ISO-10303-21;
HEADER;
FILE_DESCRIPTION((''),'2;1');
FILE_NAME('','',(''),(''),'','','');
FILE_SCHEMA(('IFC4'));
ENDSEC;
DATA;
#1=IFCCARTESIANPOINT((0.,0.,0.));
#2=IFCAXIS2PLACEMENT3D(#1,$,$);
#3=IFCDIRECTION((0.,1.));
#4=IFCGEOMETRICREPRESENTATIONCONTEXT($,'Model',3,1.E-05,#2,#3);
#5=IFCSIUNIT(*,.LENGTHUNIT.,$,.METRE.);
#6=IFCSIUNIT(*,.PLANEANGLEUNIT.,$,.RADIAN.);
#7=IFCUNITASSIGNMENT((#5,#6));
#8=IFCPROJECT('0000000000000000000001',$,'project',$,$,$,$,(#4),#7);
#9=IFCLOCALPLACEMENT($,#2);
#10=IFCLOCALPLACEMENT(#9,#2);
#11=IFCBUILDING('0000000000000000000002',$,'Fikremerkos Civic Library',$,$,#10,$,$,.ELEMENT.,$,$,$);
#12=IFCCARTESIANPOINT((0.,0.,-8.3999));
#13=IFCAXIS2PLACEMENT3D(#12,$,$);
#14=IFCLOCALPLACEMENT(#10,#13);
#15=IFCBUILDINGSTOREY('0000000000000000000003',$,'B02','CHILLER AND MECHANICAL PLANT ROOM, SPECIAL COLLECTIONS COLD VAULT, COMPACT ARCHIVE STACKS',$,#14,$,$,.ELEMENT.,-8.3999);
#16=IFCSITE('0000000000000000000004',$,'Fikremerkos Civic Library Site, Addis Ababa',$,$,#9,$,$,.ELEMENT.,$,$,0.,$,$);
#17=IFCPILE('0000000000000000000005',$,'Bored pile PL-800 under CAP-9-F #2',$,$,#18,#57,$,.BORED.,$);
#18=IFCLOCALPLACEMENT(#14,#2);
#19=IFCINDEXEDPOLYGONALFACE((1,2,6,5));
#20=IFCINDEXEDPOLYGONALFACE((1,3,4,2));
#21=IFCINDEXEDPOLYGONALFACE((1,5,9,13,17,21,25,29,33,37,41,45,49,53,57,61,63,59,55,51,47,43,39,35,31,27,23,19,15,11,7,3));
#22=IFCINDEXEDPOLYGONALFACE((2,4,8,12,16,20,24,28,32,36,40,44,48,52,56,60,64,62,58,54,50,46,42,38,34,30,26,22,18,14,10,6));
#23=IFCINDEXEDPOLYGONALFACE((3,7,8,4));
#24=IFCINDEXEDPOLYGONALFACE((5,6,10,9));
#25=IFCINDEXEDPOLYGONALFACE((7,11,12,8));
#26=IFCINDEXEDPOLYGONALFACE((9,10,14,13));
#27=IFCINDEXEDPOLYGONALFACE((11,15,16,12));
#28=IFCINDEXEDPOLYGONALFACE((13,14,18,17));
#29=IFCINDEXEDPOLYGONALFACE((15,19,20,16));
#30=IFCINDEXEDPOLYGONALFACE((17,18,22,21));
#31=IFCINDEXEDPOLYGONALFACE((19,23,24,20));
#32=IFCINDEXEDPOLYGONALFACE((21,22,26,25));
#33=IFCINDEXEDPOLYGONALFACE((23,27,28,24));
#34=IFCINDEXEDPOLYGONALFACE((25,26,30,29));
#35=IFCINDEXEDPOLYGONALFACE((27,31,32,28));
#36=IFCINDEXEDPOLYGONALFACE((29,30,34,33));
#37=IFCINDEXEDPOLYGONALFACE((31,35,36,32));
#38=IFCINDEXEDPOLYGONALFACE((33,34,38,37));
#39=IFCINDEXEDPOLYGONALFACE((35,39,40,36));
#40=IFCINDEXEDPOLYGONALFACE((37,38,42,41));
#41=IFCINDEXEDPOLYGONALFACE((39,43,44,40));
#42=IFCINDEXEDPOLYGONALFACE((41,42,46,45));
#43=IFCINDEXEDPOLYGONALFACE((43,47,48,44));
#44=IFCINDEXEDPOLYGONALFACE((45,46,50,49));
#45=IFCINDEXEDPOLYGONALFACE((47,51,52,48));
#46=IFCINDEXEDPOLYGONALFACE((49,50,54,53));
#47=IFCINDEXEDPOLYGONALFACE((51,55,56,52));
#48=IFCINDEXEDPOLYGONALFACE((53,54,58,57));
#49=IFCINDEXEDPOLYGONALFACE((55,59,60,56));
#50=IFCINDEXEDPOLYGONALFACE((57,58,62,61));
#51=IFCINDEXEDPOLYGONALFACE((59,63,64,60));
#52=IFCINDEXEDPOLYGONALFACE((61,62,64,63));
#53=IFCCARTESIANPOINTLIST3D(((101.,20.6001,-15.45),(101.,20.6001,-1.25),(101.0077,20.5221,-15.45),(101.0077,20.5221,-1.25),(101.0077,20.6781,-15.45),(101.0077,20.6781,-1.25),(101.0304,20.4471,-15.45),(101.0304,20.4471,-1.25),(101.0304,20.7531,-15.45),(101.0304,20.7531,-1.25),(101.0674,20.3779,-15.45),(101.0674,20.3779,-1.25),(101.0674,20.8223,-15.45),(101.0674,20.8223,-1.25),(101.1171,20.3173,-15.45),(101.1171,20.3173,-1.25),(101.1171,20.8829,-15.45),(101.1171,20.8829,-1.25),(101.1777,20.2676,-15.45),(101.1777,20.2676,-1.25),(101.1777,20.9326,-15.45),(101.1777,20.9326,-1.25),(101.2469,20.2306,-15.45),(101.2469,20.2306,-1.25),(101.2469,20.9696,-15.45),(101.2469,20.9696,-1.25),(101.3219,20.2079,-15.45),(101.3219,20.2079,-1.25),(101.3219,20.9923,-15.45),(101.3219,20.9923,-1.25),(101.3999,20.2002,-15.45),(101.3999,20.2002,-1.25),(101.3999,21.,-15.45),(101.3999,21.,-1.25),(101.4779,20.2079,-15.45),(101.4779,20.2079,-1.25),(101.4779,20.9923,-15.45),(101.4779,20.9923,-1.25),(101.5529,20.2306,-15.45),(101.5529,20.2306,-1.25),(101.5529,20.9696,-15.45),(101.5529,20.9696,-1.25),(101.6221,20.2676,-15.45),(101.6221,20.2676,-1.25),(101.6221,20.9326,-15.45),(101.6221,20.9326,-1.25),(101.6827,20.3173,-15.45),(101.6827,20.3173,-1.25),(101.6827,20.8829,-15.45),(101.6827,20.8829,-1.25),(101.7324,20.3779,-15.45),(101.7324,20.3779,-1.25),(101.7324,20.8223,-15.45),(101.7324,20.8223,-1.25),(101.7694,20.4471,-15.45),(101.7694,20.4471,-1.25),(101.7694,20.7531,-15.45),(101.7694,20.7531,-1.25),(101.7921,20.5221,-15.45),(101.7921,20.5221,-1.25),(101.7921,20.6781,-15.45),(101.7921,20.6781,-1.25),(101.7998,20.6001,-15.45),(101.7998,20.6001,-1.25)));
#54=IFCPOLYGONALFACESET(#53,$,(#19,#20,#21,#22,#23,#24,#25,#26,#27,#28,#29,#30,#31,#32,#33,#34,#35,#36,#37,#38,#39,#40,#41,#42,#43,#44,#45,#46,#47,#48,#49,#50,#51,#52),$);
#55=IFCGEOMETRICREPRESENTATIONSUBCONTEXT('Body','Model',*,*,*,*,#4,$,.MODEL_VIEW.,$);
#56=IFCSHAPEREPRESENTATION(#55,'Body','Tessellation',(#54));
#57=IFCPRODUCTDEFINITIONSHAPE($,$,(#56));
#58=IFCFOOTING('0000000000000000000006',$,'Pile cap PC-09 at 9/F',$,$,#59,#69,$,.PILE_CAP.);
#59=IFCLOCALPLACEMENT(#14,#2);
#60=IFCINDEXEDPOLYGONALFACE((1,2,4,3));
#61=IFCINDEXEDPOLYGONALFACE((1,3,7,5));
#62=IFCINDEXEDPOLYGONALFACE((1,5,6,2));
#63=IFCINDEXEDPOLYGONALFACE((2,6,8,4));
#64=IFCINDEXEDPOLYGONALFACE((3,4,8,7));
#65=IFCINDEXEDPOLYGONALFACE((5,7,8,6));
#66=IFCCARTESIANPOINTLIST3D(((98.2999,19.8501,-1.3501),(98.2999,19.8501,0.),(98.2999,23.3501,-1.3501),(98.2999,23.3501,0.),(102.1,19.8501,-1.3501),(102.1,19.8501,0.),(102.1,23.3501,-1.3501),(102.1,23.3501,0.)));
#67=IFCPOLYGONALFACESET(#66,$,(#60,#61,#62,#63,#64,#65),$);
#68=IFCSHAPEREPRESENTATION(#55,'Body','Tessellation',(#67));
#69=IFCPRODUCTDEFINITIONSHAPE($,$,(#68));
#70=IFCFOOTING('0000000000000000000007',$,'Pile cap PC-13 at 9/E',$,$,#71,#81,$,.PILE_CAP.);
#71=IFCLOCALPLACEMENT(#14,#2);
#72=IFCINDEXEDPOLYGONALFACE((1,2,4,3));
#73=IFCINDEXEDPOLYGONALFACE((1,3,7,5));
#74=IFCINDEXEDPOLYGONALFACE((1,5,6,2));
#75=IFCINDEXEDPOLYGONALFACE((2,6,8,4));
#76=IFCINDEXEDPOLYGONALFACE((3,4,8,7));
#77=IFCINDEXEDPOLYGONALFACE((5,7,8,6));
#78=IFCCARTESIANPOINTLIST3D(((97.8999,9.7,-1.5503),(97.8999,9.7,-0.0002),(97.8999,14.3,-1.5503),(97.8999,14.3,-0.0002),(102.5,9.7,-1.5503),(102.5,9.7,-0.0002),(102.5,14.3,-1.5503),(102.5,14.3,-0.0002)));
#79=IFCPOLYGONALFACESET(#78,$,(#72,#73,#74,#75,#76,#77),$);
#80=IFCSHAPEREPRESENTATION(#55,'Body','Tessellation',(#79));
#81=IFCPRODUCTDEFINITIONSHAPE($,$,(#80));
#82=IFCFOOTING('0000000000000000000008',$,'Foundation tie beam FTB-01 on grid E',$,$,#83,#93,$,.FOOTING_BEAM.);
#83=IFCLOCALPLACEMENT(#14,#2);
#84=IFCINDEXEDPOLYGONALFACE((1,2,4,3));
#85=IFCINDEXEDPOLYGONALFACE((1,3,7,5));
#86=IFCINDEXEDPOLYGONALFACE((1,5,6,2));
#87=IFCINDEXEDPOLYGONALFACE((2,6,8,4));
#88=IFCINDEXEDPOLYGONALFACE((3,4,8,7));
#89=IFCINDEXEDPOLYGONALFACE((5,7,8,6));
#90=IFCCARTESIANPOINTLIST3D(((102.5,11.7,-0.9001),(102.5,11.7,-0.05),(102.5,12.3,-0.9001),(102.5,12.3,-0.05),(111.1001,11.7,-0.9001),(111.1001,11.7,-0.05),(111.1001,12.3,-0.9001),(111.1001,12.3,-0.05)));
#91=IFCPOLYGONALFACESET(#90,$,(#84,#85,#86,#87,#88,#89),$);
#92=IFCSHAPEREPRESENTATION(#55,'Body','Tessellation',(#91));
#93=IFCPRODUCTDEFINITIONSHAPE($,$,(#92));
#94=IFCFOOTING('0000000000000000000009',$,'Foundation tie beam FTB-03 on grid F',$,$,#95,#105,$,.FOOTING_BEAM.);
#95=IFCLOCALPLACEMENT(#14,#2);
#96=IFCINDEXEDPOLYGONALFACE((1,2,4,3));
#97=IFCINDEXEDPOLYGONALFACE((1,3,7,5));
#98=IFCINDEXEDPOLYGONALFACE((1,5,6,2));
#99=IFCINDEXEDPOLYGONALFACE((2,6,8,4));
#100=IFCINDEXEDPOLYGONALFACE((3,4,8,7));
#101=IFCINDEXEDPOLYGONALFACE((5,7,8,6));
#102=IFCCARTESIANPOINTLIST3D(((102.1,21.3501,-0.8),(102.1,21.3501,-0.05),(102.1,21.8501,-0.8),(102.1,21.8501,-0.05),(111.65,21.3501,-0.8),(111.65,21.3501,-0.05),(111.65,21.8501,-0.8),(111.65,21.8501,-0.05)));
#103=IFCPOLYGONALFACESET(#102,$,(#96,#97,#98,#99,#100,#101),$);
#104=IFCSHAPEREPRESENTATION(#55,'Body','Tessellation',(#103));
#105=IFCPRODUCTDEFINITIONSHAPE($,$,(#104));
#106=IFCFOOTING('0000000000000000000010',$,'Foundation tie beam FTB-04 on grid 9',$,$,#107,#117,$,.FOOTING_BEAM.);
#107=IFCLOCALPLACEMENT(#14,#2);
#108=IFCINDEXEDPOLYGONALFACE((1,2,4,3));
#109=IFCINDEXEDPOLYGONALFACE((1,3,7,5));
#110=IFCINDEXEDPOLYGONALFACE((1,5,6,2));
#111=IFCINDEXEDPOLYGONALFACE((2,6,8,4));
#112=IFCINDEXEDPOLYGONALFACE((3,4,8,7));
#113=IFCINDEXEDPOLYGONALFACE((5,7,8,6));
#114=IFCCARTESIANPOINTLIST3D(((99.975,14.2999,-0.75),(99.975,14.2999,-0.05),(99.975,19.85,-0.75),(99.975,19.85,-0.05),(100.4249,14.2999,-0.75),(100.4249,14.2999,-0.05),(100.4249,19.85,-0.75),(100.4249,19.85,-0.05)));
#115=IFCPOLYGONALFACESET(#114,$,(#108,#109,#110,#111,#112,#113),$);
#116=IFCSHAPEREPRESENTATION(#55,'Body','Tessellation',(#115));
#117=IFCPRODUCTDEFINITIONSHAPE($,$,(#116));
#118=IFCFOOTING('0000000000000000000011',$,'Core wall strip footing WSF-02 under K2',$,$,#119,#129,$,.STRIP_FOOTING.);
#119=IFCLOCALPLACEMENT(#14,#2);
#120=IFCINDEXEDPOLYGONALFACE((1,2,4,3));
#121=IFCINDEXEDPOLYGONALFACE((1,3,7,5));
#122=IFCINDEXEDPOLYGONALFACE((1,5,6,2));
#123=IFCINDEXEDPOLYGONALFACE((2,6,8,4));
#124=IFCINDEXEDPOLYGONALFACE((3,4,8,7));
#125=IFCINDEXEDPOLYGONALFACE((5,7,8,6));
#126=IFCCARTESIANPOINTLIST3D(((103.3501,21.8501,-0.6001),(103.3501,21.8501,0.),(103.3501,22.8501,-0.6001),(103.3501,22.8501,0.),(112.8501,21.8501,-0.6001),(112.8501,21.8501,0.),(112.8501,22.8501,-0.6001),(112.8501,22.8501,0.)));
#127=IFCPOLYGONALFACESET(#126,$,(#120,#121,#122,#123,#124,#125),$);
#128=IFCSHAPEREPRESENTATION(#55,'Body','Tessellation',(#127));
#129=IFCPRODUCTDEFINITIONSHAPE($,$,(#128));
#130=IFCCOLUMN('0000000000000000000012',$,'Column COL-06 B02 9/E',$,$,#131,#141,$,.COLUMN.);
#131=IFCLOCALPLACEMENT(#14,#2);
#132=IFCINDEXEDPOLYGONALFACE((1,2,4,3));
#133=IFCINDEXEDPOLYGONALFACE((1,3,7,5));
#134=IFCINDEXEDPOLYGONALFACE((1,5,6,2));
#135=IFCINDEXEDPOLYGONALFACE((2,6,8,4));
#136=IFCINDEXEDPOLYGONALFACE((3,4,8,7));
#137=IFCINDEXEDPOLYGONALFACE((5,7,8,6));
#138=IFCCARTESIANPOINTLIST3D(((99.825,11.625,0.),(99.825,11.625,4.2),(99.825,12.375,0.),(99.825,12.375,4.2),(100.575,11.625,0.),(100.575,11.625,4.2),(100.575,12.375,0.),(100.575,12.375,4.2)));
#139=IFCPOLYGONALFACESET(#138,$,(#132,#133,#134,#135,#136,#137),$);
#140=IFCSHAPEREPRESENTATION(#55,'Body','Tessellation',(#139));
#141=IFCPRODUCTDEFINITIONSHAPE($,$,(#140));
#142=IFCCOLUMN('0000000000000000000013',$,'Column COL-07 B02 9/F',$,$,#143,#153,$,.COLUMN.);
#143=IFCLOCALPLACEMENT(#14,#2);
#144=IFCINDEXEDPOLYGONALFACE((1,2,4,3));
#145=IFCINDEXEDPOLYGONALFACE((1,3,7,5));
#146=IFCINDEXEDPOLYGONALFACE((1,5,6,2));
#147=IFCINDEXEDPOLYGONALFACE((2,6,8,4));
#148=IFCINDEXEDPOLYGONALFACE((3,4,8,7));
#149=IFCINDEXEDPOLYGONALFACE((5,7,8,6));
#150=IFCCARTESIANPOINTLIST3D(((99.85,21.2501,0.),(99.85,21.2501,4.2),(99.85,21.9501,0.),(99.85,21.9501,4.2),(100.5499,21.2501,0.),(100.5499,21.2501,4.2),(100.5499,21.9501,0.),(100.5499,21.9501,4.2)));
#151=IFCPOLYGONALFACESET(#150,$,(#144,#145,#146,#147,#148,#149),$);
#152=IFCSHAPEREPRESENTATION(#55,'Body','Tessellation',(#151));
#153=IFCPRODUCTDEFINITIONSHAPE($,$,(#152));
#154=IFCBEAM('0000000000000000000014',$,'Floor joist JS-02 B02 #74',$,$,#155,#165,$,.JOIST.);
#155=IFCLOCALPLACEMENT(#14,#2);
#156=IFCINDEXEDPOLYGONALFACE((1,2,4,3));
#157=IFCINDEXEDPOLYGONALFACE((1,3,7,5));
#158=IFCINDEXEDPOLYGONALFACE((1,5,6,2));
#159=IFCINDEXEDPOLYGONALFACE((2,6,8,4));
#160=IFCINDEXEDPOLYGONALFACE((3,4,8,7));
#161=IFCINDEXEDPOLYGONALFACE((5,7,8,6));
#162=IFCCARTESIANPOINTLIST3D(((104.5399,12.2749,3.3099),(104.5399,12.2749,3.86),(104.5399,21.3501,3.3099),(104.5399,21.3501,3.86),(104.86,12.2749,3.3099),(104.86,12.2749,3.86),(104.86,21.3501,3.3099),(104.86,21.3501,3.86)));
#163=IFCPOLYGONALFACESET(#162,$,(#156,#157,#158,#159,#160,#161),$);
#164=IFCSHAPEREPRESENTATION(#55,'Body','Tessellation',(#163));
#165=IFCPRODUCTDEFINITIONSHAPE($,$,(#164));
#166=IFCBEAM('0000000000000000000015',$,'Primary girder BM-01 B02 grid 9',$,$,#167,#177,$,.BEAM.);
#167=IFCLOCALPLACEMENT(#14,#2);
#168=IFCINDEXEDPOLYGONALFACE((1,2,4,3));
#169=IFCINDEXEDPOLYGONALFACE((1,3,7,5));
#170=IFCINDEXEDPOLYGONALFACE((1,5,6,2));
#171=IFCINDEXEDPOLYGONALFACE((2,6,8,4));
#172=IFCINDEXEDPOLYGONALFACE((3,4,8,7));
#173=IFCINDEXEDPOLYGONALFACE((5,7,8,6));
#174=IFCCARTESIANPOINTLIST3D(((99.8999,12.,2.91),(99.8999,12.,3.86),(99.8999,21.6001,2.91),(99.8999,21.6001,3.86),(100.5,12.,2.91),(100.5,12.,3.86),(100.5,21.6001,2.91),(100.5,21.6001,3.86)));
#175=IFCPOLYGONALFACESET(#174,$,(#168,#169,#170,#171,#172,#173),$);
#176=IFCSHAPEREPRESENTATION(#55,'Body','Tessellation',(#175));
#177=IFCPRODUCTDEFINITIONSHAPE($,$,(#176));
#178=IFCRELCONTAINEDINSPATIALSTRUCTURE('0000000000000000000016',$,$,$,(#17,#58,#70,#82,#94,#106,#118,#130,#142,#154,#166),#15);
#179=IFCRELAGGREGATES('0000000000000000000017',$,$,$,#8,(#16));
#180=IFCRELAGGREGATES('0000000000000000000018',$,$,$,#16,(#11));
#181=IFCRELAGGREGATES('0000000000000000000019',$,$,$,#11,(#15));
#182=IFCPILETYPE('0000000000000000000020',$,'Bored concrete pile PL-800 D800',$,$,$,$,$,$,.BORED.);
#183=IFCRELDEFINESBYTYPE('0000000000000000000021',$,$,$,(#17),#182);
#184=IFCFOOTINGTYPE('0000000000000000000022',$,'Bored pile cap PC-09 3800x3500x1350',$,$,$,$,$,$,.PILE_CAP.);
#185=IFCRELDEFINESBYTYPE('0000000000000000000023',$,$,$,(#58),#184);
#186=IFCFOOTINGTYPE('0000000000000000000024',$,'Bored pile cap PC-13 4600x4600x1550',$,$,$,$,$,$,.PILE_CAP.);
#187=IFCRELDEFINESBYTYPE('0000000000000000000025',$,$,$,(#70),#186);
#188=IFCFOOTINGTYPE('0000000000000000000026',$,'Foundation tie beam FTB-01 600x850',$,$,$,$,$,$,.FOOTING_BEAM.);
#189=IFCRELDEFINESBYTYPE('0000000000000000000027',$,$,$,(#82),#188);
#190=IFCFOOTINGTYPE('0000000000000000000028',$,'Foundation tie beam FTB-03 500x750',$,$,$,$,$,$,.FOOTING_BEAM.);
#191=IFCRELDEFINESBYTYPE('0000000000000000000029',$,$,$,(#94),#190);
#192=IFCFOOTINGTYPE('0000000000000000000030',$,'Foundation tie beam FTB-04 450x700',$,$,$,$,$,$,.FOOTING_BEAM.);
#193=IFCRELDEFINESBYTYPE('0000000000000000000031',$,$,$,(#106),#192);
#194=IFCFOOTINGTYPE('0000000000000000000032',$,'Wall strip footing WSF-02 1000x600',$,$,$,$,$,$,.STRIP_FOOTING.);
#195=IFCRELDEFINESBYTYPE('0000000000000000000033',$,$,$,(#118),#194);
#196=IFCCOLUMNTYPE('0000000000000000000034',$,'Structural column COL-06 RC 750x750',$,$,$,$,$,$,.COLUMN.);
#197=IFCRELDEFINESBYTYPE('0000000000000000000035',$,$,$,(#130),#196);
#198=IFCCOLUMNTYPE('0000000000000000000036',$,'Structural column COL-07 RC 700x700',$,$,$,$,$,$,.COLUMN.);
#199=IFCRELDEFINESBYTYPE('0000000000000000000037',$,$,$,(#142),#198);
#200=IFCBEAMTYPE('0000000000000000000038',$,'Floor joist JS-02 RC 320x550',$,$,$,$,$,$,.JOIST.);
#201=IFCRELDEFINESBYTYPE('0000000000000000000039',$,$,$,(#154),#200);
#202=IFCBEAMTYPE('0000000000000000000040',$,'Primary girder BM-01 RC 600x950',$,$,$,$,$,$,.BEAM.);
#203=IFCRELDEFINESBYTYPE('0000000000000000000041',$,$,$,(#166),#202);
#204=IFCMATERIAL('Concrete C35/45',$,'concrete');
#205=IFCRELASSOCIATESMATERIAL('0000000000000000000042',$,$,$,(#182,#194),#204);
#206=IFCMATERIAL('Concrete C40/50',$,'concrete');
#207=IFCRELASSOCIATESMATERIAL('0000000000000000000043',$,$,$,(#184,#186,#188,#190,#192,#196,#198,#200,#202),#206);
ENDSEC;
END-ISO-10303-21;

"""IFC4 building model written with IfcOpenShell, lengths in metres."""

from ifc_helpers import new_model, si_unit, direction, frame, origin, origin_2d, place, context, subcontext, project, spatial, rectangle, circle, extrude, material, material_profile, profile_set, type_object, element, save


model = new_model("IFC4")

# Units and contexts
model_context = context("Model", 3, precision=1e-05, world=origin(), true_north=direction((0.0, 1.0)))
body_context = subcontext(model_context, "Body", "Model", "MODEL_VIEW")
ifc_project = project(units=[si_unit("LENGTHUNIT", "METRE"), si_unit("PLANEANGLEUNIT", "RADIAN")], contexts=[model_context])

# Site, building, storey
site_placement = place(None, origin())
site = spatial("IfcSite", under=ifc_project, at=site_placement, Name="Fikremerkos Civic Library Site, Addis Ababa", CompositionType="ELEMENT", RefElevation=0.0)
building_placement = place(site_placement, origin())
building = spatial("IfcBuilding", under=site, at=building_placement, Name="Fikremerkos Civic Library", CompositionType="ELEMENT")
storey_placement = place(building_placement, frame((0.0, 0.0, -8.3999)))
storey = spatial("IfcBuildingStorey", under=building, at=storey_placement, Name="B02", Description="CHILLER AND MECHANICAL PLANT ROOM, SPECIAL COLLECTIONS COLD VAULT, COMPACT ARCHIVE STACKS", CompositionType="ELEMENT", Elevation=-8.3999)

# Pile
ifc_material_1 = material(Name="Concrete C35/45", Category="concrete")
ifc_material_profile_1 = material_profile(ifc_material_1, circle(Radius=0.3999, at=origin_2d()), Name="BORED PILE 800")
ifc_profile_set_1 = profile_set([ifc_material_profile_1], Name="Concrete C35/45")
pile_type_1 = type_object("IfcPileType", Name="Bored concrete pile PL-800 D800", PredefinedType="BORED", material=ifc_profile_set_1)
for number, where, z_axis, x_axis, name in (
    (1, (101.3999, 20.6001, -1.25), (0.0, 0.0, -1.0), (1.0, 0.0, 0.0), "Bored pile PL-800 under CAP-9-F #2"),
):
    element("IfcPile", number, at=place(storey_placement, frame(where, z_axis=z_axis, x_axis=x_axis)), inside=storey, type_object=pile_type_1, Name=name, PredefinedType="BORED", context=body_context, shape_type="SweptSolid", body=[
        extrude(circle(Radius=0.3999, at=origin_2d()), origin(), (0.0, 0.0, 1.0), 14.2),
    ])

# Footings
ifc_material_2 = material(Name="Concrete C40/50", Category="concrete")
footing_type_1 = type_object("IfcFootingType", Name="Bored pile cap PC-09 3800x3500x1350", PredefinedType="PILE_CAP", material=ifc_material_2)
footing_1_placement = place(storey_placement, frame((100.2, 21.6001, -1.3501), z_axis=(0.0, 0.0, 1.0), x_axis=(1.0, 0.0, 0.0)))
element("IfcFooting", 2, at=footing_1_placement, inside=storey, type_object=footing_type_1, Name="Pile cap PC-09 at 9/F", PredefinedType="PILE_CAP", context=body_context, shape_type="SweptSolid", body=[
    extrude(rectangle(XDim=3.8, YDim=3.5, at=origin_2d()), origin(), (0.0, 0.0, 1.0), 1.3501),
])
footing_type_2 = type_object("IfcFootingType", Name="Bored pile cap PC-13 4600x4600x1550", PredefinedType="PILE_CAP", material=ifc_material_2)
footing_2_placement = place(storey_placement, frame((100.2, 12.0, -1.5503), z_axis=(0.0, 0.0, 1.0), x_axis=(1.0, 0.0, 0.0)))
element("IfcFooting", 3, at=footing_2_placement, inside=storey, type_object=footing_type_2, Name="Pile cap PC-13 at 9/E", PredefinedType="PILE_CAP", context=body_context, shape_type="SweptSolid", body=[
    extrude(rectangle(XDim=4.6001, YDim=4.6001, at=origin_2d()), origin(), (0.0, 0.0, 1.0), 1.55),
])
footing_type_3 = type_object("IfcFootingType", Name="Foundation tie beam FTB-01 600x850", PredefinedType="FOOTING_BEAM", material=ifc_material_2)
footing_3_placement = place(storey_placement, frame((106.8, 12.0, -0.9001), z_axis=(0.0, 0.0, 1.0), x_axis=(1.0, 0.0, 0.0)))
element("IfcFooting", 4, at=footing_3_placement, inside=storey, type_object=footing_type_3, Name="Foundation tie beam FTB-01 on grid E", PredefinedType="FOOTING_BEAM", context=body_context, shape_type="SweptSolid", body=[
    extrude(rectangle(XDim=8.6001, YDim=0.6001, at=origin_2d()), origin(), (0.0, 0.0, 1.0), 0.8501),
])
footing_type_4 = type_object("IfcFootingType", Name="Foundation tie beam FTB-03 500x750", PredefinedType="FOOTING_BEAM", material=ifc_material_2)
footing_4_placement = place(storey_placement, frame((106.875, 21.6001, -0.8), z_axis=(0.0, 0.0, 1.0), x_axis=(1.0, 0.0, 0.0)))
element("IfcFooting", 5, at=footing_4_placement, inside=storey, type_object=footing_type_4, Name="Foundation tie beam FTB-03 on grid F", PredefinedType="FOOTING_BEAM", context=body_context, shape_type="SweptSolid", body=[
    extrude(rectangle(XDim=9.55, YDim=0.5, at=origin_2d()), origin(), (0.0, 0.0, 1.0), 0.75),
])
footing_type_5 = type_object("IfcFootingType", Name="Foundation tie beam FTB-04 450x700", PredefinedType="FOOTING_BEAM", material=ifc_material_2)
footing_5_placement = place(storey_placement, frame((100.2, 17.075, -0.75), z_axis=(0.0, 0.0, 1.0), x_axis=(0.0, 1.0, 0.0)))
element("IfcFooting", 6, at=footing_5_placement, inside=storey, type_object=footing_type_5, Name="Foundation tie beam FTB-04 on grid 9", PredefinedType="FOOTING_BEAM", context=body_context, shape_type="SweptSolid", body=[
    extrude(rectangle(XDim=5.55, YDim=0.45, at=origin_2d()), origin(), (0.0, 0.0, 1.0), 0.7),
])
footing_type_6 = type_object("IfcFootingType", Name="Wall strip footing WSF-02 1000x600", PredefinedType="STRIP_FOOTING", material=ifc_material_1)
footing_6_placement = place(storey_placement, frame((108.1001, 22.3501, -0.6001), z_axis=(0.0, 0.0, 1.0), x_axis=(1.0, 0.0, 0.0)))
element("IfcFooting", 7, at=footing_6_placement, inside=storey, type_object=footing_type_6, Name="Core wall strip footing WSF-02 under K2", PredefinedType="STRIP_FOOTING", context=body_context, shape_type="SweptSolid", body=[
    extrude(rectangle(XDim=9.5, YDim=1.0, at=origin_2d()), origin(), (0.0, 0.0, 1.0), 0.6001),
])

# Columns
ifc_material_profile_2 = material_profile(ifc_material_2, rectangle(XDim=0.75, YDim=0.75, at=origin_2d()), Name="RC 750x750")
ifc_profile_set_2 = profile_set([ifc_material_profile_2], Name="Concrete C40/50")
column_type_1 = type_object("IfcColumnType", Name="Structural column COL-06 RC 750x750", PredefinedType="COLUMN", material=ifc_profile_set_2)
column_1_placement = place(storey_placement, frame((100.2, 12.0, 0.0), z_axis=(0.0, 0.0, 1.0), x_axis=(1.0, 0.0, 0.0)))
element("IfcColumn", 8, at=column_1_placement, inside=storey, type_object=column_type_1, Name="Column COL-06 B02 9/E", PredefinedType="COLUMN", context=body_context, shape_type="SweptSolid", body=[
    extrude(rectangle(XDim=0.75, YDim=0.75, at=origin_2d()), origin(), (0.0, 0.0, 1.0), 4.2),
])
ifc_material_profile_3 = material_profile(ifc_material_2, rectangle(XDim=0.7, YDim=0.7, at=origin_2d()), Name="RC 700x700")
ifc_profile_set_3 = profile_set([ifc_material_profile_3], Name="Concrete C40/50")
column_type_2 = type_object("IfcColumnType", Name="Structural column COL-07 RC 700x700", PredefinedType="COLUMN", material=ifc_profile_set_3)
column_2_placement = place(storey_placement, frame((100.2, 21.6001, 0.0), z_axis=(0.0, 0.0, 1.0), x_axis=(1.0, 0.0, 0.0)))
element("IfcColumn", 9, at=column_2_placement, inside=storey, type_object=column_type_2, Name="Column COL-07 B02 9/F", PredefinedType="COLUMN", context=body_context, shape_type="SweptSolid", body=[
    extrude(rectangle(XDim=0.7, YDim=0.7, at=origin_2d()), origin(), (0.0, 0.0, 1.0), 4.2),
])

# Beams
ifc_material_profile_4 = material_profile(ifc_material_2, rectangle(XDim=0.3201, YDim=0.55, at=origin_2d()), Name="RC 320x550")
ifc_profile_set_4 = profile_set([ifc_material_profile_4], Name="Concrete C40/50")
beam_type_1 = type_object("IfcBeamType", Name="Floor joist JS-02 RC 320x550", PredefinedType="JOIST", material=ifc_profile_set_4)
beam_1_placement = place(storey_placement, frame((104.7, 12.2749, 3.585), z_axis=(0.0, 1.0, 0.0), x_axis=(-1.0, 0.0, 0.0)))
element("IfcBeam", 10, at=beam_1_placement, inside=storey, type_object=beam_type_1, Name="Floor joist JS-02 B02 #74", PredefinedType="JOIST", context=body_context, shape_type="SweptSolid", body=[
    extrude(rectangle(XDim=0.3201, YDim=0.55, at=origin_2d()), origin(), (0.0, 0.0, 1.0), 9.0752),
])
ifc_material_profile_5 = material_profile(ifc_material_2, rectangle(XDim=0.6001, YDim=0.95, at=origin_2d()), Name="RC 600x950")
ifc_profile_set_5 = profile_set([ifc_material_profile_5], Name="Concrete C40/50")
beam_type_2 = type_object("IfcBeamType", Name="Primary girder BM-01 RC 600x950", PredefinedType="BEAM", material=ifc_profile_set_5)
beam_2_placement = place(storey_placement, frame((100.2, 12.0, 3.385), z_axis=(0.0, 1.0, 0.0), x_axis=(-1.0, 0.0, 0.0)))
element("IfcBeam", 11, at=beam_2_placement, inside=storey, type_object=beam_type_2, Name="Primary girder BM-01 B02 grid 9", PredefinedType="BEAM", context=body_context, shape_type="SweptSolid", body=[
    extrude(rectangle(XDim=0.6001, YDim=0.95, at=origin_2d()), origin(), (0.0, 0.0, 1.0), 9.6001),
])

save(model, "model.ifc")
